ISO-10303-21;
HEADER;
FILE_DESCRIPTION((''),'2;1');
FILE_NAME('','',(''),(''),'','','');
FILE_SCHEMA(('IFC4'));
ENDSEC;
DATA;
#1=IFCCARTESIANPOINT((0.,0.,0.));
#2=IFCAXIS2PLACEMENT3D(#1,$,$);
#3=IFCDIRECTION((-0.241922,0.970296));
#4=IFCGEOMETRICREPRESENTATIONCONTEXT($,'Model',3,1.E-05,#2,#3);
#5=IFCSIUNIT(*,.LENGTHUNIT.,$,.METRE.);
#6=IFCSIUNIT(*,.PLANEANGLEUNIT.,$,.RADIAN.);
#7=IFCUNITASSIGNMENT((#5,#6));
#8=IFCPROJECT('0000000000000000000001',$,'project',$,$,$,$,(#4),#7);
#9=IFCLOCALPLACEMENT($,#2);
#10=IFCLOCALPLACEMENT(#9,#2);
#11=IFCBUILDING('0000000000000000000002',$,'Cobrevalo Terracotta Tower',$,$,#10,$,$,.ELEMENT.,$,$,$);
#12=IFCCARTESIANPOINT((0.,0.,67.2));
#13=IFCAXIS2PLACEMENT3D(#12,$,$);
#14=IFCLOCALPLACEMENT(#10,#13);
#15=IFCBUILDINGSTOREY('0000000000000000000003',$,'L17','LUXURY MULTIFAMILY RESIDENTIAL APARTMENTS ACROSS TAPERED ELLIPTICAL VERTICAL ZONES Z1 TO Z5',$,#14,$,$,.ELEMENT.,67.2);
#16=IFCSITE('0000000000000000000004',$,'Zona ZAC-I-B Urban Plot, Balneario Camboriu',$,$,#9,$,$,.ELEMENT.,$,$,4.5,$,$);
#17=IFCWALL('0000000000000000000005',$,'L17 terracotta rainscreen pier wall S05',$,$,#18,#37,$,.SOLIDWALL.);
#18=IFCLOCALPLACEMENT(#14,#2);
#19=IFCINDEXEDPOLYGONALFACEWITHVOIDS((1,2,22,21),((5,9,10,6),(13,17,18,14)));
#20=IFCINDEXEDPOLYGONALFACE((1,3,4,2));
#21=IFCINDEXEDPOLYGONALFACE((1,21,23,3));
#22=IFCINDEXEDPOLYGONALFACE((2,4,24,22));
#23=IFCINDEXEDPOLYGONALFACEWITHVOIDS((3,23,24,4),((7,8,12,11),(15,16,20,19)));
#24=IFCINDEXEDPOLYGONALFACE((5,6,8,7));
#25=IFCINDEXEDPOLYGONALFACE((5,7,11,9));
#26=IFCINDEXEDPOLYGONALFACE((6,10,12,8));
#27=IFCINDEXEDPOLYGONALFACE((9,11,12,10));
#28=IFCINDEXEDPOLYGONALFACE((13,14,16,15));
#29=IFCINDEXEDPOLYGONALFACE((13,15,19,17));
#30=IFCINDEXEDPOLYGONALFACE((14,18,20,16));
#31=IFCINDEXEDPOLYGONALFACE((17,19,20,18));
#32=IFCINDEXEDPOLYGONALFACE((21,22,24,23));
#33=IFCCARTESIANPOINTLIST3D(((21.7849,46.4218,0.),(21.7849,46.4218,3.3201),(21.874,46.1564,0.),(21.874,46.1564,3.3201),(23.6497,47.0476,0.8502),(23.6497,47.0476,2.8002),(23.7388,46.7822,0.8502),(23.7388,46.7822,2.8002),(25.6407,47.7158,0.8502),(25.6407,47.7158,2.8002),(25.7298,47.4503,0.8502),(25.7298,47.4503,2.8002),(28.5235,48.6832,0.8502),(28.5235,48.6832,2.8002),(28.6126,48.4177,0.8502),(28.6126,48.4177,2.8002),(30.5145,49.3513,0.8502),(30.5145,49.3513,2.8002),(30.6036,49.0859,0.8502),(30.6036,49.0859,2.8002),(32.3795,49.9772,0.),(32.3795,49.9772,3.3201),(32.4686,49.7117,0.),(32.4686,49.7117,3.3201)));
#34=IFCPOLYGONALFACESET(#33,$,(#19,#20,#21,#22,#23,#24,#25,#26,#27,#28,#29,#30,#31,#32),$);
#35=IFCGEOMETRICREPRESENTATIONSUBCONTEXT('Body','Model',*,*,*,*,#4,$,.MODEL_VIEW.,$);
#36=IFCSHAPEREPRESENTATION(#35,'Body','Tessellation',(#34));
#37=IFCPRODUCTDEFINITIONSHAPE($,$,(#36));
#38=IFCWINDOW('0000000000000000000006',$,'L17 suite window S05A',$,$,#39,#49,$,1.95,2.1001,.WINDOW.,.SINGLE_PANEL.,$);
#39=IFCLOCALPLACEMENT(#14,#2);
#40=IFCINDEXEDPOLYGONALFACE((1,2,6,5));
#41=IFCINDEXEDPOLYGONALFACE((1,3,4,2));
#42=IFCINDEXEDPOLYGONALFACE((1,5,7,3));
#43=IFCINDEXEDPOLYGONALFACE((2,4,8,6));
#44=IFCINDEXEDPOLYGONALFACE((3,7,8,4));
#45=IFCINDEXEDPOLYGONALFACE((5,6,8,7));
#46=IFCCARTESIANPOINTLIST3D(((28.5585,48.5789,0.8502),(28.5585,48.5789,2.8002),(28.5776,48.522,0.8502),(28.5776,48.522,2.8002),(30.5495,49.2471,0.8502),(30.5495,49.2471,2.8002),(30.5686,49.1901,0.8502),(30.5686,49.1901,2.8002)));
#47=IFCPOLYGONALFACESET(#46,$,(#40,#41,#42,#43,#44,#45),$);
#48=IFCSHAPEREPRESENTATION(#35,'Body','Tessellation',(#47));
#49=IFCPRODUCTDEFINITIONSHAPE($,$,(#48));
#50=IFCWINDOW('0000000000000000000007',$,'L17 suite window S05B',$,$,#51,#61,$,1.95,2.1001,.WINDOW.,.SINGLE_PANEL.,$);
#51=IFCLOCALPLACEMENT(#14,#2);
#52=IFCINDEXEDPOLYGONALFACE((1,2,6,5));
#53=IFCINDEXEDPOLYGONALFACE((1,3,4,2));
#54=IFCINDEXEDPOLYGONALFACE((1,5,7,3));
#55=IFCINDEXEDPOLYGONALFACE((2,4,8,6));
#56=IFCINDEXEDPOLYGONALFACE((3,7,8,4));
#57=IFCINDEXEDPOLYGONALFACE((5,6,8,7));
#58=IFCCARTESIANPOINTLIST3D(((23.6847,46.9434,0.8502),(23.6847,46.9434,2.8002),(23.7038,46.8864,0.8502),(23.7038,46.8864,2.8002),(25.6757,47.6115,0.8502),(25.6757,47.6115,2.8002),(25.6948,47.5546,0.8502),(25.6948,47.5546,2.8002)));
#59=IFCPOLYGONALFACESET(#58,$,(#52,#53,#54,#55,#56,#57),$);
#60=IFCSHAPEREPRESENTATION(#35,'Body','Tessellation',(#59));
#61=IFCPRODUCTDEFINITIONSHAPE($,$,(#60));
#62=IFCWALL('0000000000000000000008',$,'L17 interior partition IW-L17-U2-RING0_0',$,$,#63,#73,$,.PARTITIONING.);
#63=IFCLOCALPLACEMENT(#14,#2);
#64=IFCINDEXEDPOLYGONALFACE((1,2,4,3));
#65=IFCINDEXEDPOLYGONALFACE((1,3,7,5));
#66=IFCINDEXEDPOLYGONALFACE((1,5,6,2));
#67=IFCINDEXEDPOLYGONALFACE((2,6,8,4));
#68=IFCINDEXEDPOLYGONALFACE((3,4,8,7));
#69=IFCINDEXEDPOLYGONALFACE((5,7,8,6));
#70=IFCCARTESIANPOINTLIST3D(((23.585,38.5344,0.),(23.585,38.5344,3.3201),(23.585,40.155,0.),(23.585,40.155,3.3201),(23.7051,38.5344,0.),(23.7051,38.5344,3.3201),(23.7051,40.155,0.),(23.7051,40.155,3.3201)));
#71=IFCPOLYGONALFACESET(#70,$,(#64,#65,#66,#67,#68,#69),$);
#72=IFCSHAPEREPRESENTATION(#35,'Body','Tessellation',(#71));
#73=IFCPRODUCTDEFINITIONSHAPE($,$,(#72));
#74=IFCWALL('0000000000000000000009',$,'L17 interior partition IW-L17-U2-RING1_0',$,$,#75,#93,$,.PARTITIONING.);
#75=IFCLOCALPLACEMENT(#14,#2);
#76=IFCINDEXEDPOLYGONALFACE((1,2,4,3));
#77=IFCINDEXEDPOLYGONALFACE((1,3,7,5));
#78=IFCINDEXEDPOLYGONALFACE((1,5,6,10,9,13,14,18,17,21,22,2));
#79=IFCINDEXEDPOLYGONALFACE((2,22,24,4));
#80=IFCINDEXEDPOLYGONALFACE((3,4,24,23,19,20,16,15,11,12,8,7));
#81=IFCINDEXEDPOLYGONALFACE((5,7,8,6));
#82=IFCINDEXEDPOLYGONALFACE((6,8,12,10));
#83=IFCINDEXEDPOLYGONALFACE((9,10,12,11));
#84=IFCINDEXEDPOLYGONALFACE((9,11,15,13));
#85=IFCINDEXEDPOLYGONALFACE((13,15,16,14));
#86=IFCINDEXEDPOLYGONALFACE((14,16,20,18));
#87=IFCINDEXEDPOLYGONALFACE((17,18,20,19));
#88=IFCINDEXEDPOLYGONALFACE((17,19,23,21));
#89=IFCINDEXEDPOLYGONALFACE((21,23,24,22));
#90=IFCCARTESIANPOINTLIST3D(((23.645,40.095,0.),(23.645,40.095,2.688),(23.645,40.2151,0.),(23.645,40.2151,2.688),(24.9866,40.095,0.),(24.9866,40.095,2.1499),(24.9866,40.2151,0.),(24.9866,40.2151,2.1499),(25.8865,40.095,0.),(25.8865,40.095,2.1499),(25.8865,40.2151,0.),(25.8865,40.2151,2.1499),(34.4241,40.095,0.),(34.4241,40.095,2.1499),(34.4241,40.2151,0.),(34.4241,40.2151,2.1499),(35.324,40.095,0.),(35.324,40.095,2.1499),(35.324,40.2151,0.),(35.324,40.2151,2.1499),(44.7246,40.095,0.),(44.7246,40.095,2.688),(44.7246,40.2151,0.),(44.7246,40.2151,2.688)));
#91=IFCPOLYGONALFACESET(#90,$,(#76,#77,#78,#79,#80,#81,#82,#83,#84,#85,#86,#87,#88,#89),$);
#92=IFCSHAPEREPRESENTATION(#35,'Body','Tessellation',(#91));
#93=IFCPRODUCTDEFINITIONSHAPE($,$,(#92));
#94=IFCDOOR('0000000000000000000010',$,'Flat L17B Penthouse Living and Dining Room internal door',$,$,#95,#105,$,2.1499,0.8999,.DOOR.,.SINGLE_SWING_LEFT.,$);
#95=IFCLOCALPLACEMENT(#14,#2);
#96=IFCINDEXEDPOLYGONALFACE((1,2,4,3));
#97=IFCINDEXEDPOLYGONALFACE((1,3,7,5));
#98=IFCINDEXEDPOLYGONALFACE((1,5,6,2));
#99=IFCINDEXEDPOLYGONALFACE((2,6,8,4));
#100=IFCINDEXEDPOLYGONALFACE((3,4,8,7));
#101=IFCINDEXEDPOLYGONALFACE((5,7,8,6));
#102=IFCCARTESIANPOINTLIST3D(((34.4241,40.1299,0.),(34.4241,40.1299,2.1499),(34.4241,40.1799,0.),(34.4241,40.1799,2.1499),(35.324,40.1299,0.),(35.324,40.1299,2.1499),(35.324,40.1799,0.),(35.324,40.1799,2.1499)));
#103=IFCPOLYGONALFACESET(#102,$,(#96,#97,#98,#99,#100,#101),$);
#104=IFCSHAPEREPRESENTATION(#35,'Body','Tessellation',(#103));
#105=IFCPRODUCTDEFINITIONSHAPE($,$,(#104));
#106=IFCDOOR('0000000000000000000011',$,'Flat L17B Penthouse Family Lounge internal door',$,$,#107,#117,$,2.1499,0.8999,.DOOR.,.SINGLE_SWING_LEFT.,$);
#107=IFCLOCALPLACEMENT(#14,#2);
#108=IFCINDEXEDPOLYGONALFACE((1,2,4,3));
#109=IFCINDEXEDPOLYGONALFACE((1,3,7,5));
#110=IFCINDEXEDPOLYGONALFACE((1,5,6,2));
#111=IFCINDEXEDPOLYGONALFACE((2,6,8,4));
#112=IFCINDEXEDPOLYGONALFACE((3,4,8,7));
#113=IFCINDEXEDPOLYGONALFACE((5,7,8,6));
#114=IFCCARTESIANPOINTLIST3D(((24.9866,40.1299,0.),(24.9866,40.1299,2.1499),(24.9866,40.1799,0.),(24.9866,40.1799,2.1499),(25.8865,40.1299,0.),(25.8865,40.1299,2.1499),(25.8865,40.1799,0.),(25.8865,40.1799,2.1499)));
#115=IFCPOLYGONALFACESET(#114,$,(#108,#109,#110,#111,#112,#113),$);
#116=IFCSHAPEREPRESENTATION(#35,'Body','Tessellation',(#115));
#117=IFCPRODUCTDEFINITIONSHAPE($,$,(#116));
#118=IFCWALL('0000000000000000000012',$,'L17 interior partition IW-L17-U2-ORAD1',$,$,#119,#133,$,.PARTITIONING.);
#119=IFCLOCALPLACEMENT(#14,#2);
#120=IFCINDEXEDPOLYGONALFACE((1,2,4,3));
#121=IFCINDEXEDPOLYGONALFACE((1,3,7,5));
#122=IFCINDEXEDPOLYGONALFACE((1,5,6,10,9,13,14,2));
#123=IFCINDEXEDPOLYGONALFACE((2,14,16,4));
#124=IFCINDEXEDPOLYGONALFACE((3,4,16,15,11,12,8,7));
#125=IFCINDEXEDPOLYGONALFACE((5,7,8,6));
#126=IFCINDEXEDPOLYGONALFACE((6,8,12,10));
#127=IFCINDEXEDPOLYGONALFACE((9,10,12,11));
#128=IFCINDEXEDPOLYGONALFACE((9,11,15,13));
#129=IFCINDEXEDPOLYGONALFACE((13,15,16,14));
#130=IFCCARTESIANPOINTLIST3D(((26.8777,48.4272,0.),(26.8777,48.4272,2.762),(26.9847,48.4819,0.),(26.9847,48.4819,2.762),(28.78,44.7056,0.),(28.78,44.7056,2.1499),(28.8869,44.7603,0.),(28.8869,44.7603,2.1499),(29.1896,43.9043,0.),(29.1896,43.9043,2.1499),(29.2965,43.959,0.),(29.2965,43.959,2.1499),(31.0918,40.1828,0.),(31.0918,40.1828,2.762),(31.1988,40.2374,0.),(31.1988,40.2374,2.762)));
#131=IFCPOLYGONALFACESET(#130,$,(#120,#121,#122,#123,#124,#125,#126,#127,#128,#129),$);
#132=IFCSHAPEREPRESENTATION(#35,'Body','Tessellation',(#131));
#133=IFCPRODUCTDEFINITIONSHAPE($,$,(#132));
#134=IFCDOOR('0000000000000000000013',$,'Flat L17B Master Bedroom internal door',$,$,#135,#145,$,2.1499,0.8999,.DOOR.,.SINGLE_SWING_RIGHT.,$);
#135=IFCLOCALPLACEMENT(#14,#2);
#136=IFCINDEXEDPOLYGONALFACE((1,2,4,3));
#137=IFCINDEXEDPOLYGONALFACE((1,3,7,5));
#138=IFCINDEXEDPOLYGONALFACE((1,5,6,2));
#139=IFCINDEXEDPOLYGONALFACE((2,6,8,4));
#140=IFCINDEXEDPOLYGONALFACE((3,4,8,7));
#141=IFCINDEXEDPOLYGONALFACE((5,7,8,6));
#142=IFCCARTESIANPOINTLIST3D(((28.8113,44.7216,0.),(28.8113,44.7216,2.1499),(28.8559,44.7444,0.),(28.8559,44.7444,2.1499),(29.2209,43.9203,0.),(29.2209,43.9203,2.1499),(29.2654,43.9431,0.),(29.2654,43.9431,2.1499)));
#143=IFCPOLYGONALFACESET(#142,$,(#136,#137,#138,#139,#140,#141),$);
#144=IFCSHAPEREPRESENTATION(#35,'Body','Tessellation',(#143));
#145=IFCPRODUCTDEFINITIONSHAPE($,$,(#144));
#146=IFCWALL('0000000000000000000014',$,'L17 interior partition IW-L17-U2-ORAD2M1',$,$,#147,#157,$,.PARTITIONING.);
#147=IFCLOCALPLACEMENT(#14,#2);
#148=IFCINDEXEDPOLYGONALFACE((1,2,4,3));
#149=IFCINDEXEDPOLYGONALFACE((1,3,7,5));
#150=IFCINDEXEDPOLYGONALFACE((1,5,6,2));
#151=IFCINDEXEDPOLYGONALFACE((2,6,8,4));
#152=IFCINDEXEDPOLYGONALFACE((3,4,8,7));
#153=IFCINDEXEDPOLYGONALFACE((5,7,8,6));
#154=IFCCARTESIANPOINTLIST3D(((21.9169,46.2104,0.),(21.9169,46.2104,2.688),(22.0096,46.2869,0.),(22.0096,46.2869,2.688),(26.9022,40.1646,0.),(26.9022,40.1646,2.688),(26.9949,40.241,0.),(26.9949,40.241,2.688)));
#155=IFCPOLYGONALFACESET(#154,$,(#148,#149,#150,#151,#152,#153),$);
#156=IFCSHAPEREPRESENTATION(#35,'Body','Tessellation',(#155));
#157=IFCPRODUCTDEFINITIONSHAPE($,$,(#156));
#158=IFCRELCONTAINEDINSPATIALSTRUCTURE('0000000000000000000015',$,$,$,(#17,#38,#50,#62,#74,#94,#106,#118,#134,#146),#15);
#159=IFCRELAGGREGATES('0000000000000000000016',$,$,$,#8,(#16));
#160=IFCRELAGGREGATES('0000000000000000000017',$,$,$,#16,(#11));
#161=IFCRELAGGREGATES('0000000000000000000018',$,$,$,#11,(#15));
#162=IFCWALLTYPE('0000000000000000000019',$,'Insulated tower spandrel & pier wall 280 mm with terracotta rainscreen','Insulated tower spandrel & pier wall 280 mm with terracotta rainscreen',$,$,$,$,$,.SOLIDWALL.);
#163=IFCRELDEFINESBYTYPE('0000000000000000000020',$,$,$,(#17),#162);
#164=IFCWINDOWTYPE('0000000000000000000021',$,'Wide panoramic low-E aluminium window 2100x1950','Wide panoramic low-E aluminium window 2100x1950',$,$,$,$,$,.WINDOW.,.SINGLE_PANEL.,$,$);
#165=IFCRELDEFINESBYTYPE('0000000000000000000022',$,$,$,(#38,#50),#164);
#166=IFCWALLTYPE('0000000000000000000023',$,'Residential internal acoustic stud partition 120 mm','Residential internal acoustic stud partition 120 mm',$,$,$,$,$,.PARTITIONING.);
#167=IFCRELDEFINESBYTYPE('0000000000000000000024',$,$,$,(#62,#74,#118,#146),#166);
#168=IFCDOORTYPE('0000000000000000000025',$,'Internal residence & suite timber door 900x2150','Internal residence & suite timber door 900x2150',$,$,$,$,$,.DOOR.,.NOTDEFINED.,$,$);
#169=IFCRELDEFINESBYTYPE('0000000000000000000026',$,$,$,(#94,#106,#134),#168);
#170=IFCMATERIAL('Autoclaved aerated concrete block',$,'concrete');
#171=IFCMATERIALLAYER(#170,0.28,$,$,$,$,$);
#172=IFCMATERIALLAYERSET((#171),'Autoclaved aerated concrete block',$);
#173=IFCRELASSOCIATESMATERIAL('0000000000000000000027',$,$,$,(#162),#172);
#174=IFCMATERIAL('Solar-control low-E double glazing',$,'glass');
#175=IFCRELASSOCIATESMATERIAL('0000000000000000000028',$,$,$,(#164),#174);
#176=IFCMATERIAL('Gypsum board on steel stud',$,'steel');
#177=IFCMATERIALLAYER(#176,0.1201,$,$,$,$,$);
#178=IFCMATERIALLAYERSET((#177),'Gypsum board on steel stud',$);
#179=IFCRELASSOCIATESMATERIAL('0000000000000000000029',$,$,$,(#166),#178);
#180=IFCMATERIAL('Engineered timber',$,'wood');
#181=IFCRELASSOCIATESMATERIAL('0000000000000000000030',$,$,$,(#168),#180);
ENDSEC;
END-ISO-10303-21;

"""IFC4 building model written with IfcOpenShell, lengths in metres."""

from ifc_helpers import new_model, si_unit, direction, frame, frame_2d, origin, place, context, subcontext, project, spatial, rectangle, extrude, source, transform, mapped, material, layer, layer_set, type_object, element, fill, save


model = new_model("IFC4")

# Units and contexts
model_context = context("Model", 3, precision=1e-05, world=origin(), true_north=direction((-0.241922, 0.970296)))
body_context = subcontext(model_context, "Body", "Model", "MODEL_VIEW")
ifc_project = project(units=[si_unit("LENGTHUNIT", "METRE"), si_unit("PLANEANGLEUNIT", "RADIAN")], contexts=[model_context])

# Site, building, storey
site_placement = place(None, origin())
site = spatial("IfcSite", under=ifc_project, at=site_placement, Name="Zona ZAC-I-B Urban Plot, Balneario Camboriu", CompositionType="ELEMENT", RefElevation=4.5)
building_placement = place(site_placement, origin())
building = spatial("IfcBuilding", under=site, at=building_placement, Name="Cobrevalo Terracotta Tower", CompositionType="ELEMENT")
storey_placement = place(building_placement, frame((0.0, 0.0, 67.2)))
storey = spatial("IfcBuildingStorey", under=building, at=storey_placement, Name="L17", Description="LUXURY MULTIFAMILY RESIDENTIAL APARTMENTS ACROSS TAPERED ELLIPTICAL VERTICAL ZONES Z1 TO Z5", CompositionType="ELEMENT", Elevation=67.2)

# Shared definitions
ifc_material_1 = material(Name="Gypsum board on steel stud", Category="steel")

# Shared definitions
ifc_material_2 = material(Name="Autoclaved aerated concrete block", Category="concrete")

# Wall, openings, windows
ifc_layer_1 = layer(ifc_material_2, 0.28)
ifc_layer_set_1 = layer_set([ifc_layer_1], Name="Autoclaved aerated concrete block")
wall_type_1 = type_object("IfcWallType", Name="Insulated tower spandrel & pier wall 280 mm with terracotta rainscreen", Description="Insulated tower spandrel & pier wall 280 mm with terracotta rainscreen", PredefinedType="SOLIDWALL", material=ifc_layer_set_1)
wall_1_placement = place(storey_placement, frame((32.4241, 49.8445, 0.0), z_axis=(0.0, 0.0, 1.0), x_axis=(-0.948041, -0.318147, 0.0)))
wall_1 = element("IfcWall", 1, at=wall_1_placement, inside=storey, type_object=wall_type_1, Name="L17 terracotta rainscreen pier wall S05", PredefinedType="SOLIDWALL", context=body_context, shape_type="SweptSolid", body=[
    extrude(rectangle(XDim=11.1753, YDim=0.28, at=frame_2d((5.5876, 0.0))), origin(), (0.0, 0.0, 1.0), 3.3201),
])
opening_1_placement = place(wall_1_placement, frame((1.9673, 0.0, 0.8501)))
opening_1 = element("IfcOpeningElement", 2, at=opening_1_placement, cuts=wall_1, PredefinedType="OPENING", context=body_context, shape_type="SweptSolid", body=[
    extrude(rectangle(XDim=2.1001, YDim=1.95, at=frame_2d((1.05, 0.9751))), frame((0.0, 0.1499, 0.0), z_axis=(0.0, -1.0, 0.0), x_axis=(1.0, 0.0, 0.0)), (0.0, 0.0, 1.0), 0.3),
])
opening_2_placement = place(wall_1_placement, frame((7.1082, 0.0, 0.8501)))
opening_2 = element("IfcOpeningElement", 3, at=opening_2_placement, cuts=wall_1, PredefinedType="OPENING", context=body_context, shape_type="SweptSolid", body=[
    extrude(rectangle(XDim=2.1001, YDim=1.95, at=frame_2d((1.05, 0.9751))), frame((0.0, 0.1499, 0.0), z_axis=(0.0, -1.0, 0.0), x_axis=(1.0, 0.0, 0.0)), (0.0, 0.0, 1.0), 0.3),
])
ifc_material_3 = material(Name="Solar-control low-E double glazing", Category="glass")
window_type = type_object("IfcWindowType", Name="Wide panoramic low-E aluminium window 2100x1950", Description="Wide panoramic low-E aluminium window 2100x1950", PartitioningType="SINGLE_PANEL", PredefinedType="WINDOW", material=ifc_material_3)
shared_shape_1 = source(origin(), body_context, "Body", "SweptSolid", [
    extrude(rectangle(XDim=2.1001, YDim=1.95, at=frame_2d((1.05, 0.9751))), frame((0.0, 0.03, 0.0), z_axis=(0.0, -1.0, 0.0), x_axis=(1.0, 0.0, 0.0)), (0.0, 0.0, 1.0), 0.0601),
])
window_1_placement = place(opening_1_placement, origin())
window_1 = element("IfcWindow", 4, at=window_1_placement, inside=storey, type_object=window_type, Name="L17 suite window S05A", OverallHeight=1.95, OverallWidth=2.1001, PartitioningType="SINGLE_PANEL", PredefinedType="WINDOW", context=body_context, shape_type="MappedRepresentation", body=[
    mapped(shared_shape_1, transform((0.0, 0.0, 0.0), scale=1.0)),
])
fill(opening_1, window_1)
window_2_placement = place(opening_2_placement, origin())
window_2 = element("IfcWindow", 5, at=window_2_placement, inside=storey, type_object=window_type, Name="L17 suite window S05B", OverallHeight=1.95, OverallWidth=2.1001, PartitioningType="SINGLE_PANEL", PredefinedType="WINDOW", context=body_context, shape_type="MappedRepresentation", body=[
    mapped(shared_shape_1, transform((0.0, 0.0, 0.0), scale=1.0)),
])
fill(opening_2, window_2)

# Wall
ifc_layer_2 = layer(ifc_material_1, 0.1201)
ifc_layer_set_2 = layer_set([ifc_layer_2], Name="Gypsum board on steel stud")
wall_type_2 = type_object("IfcWallType", Name="Residential internal acoustic stud partition 120 mm", Description="Residential internal acoustic stud partition 120 mm", PredefinedType="PARTITIONING", material=ifc_layer_set_2)
wall_2_placement = place(storey_placement, frame((23.645, 38.5344, 0.0), z_axis=(0.0, 0.0, 1.0), x_axis=(0.0, 1.0, 0.0)))
element("IfcWall", 6, at=wall_2_placement, inside=storey, type_object=wall_type_2, Name="L17 interior partition IW-L17-U2-RING0_0", PredefinedType="PARTITIONING", context=body_context, shape_type="SweptSolid", body=[
    extrude(rectangle(XDim=1.6206, YDim=0.1201, at=frame_2d((0.8103, 0.0))), origin(), (0.0, 0.0, 1.0), 3.3201),
])

# Wall, openings, doors
wall_3_placement = place(storey_placement, frame((23.645, 40.155, 0.0), z_axis=(0.0, 0.0, 1.0), x_axis=(1.0, 0.0, 0.0)))
wall_3 = element("IfcWall", 7, at=wall_3_placement, inside=storey, type_object=wall_type_2, Name="L17 interior partition IW-L17-U2-RING1_0", PredefinedType="PARTITIONING", context=body_context, shape_type="SweptSolid", body=[
    extrude(rectangle(XDim=21.0796, YDim=0.1201, at=frame_2d((10.5398, 0.0))), origin(), (0.0, 0.0, 1.0), 2.688),
])
opening_3_placement = place(wall_3_placement, frame((10.7791, 0.0, 0.0)))
opening_3 = element("IfcOpeningElement", 8, at=opening_3_placement, cuts=wall_3, PredefinedType="OPENING", context=body_context, shape_type="SweptSolid", body=[
    extrude(rectangle(XDim=0.8999, YDim=2.1499, at=frame_2d((0.45, 1.075))), frame((0.0, 0.0701, 0.0), z_axis=(0.0, -1.0, 0.0), x_axis=(1.0, 0.0, 0.0)), (0.0, 0.0, 1.0), 0.1401),
])
opening_4_placement = place(wall_3_placement, frame((1.3416, 0.0, 0.0)))
opening_4 = element("IfcOpeningElement", 9, at=opening_4_placement, cuts=wall_3, PredefinedType="OPENING", context=body_context, shape_type="SweptSolid", body=[
    extrude(rectangle(XDim=0.8999, YDim=2.1499, at=frame_2d((0.45, 1.075))), frame((0.0, 0.0701, 0.0), z_axis=(0.0, -1.0, 0.0), x_axis=(1.0, 0.0, 0.0)), (0.0, 0.0, 1.0), 0.1401),
])
ifc_material_4 = material(Name="Engineered timber", Category="wood")
door_type_1 = type_object("IfcDoorType", Name="Internal residence & suite timber door 900x2150", Description="Internal residence & suite timber door 900x2150", OperationType="NOTDEFINED", PredefinedType="DOOR", material=ifc_material_4)
shared_shape_2 = source(origin(), body_context, "Body", "SweptSolid", [
    extrude(rectangle(XDim=0.8999, YDim=2.1499, at=frame_2d((0.45, 1.075))), frame((0.0, 0.0249, 0.0), z_axis=(0.0, -1.0, 0.0), x_axis=(1.0, 0.0, 0.0)), (0.0, 0.0, 1.0), 0.05),
])
door_1_placement = place(opening_3_placement, origin())
door_1 = element("IfcDoor", 10, at=door_1_placement, inside=storey, type_object=door_type_1, Name="Flat L17B Penthouse Living and Dining Room internal door", OperationType="SINGLE_SWING_LEFT", OverallHeight=2.1499, OverallWidth=0.8999, PredefinedType="DOOR", context=body_context, shape_type="MappedRepresentation", body=[
    mapped(shared_shape_2, transform((0.0, 0.0, 0.0), scale=1.0)),
])
fill(opening_3, door_1)
door_2_placement = place(opening_4_placement, origin())
door_2 = element("IfcDoor", 11, at=door_2_placement, inside=storey, type_object=door_type_1, Name="Flat L17B Penthouse Family Lounge internal door", OperationType="SINGLE_SWING_LEFT", OverallHeight=2.1499, OverallWidth=0.8999, PredefinedType="DOOR", context=body_context, shape_type="MappedRepresentation", body=[
    mapped(shared_shape_2, transform((0.0, 0.0, 0.0), scale=1.0)),
])
fill(opening_4, door_2)

# Wall, opening, door
wall_4_placement = place(storey_placement, frame((31.1453, 40.2102, 0.0), z_axis=(0.0, 0.0, 1.0), x_axis=(-0.455138, 0.890421, 0.0)))
wall_4 = element("IfcWall", 12, at=wall_4_placement, inside=storey, type_object=wall_type_2, Name="L17 interior partition IW-L17-U2-ORAD1", PredefinedType="PARTITIONING", context=body_context, shape_type="SweptSolid", body=[
    extrude(rectangle(XDim=9.259, YDim=0.1201, at=frame_2d((4.6294, 0.0))), origin(), (0.0, 0.0, 1.0), 2.762),
])
opening_5_placement = place(wall_4_placement, frame((4.1794, 0.0, 0.0)))
opening_5 = element("IfcOpeningElement", 13, at=opening_5_placement, cuts=wall_4, PredefinedType="OPENING", context=body_context, shape_type="SweptSolid", body=[
    extrude(rectangle(XDim=0.8999, YDim=2.1499, at=frame_2d((0.45, 1.075))), frame((0.0, 0.0701, 0.0), z_axis=(0.0, -1.0, 0.0), x_axis=(1.0, 0.0, 0.0)), (0.0, 0.0, 1.0), 0.1401),
])
door_3_placement = place(opening_5_placement, origin())
door_3 = element("IfcDoor", 14, at=door_3_placement, inside=storey, type_object=door_type_1, Name="Flat L17B Master Bedroom internal door", OperationType="SINGLE_SWING_RIGHT", OverallHeight=2.1499, OverallWidth=0.8999, PredefinedType="DOOR", context=body_context, shape_type="MappedRepresentation", body=[
    mapped(shared_shape_2, transform((0.0, 0.0, 0.0), scale=1.0)),
])
fill(opening_5, door_3)

# Wall
wall_5_placement = place(storey_placement, frame((26.9485, 40.2029, 0.0), z_axis=(0.0, 0.0, 1.0), x_axis=(-0.636192, 0.771531, 0.0)))
element("IfcWall", 15, at=wall_5_placement, inside=storey, type_object=wall_type_2, Name="L17 interior partition IW-L17-U2-ORAD2M1", PredefinedType="PARTITIONING", context=body_context, shape_type="SweptSolid", body=[
    extrude(rectangle(XDim=7.8362, YDim=0.1201, at=frame_2d((3.918, 0.0))), origin(), (0.0, 0.0, 1.0), 2.688),
])

save(model, "model.ifc")
